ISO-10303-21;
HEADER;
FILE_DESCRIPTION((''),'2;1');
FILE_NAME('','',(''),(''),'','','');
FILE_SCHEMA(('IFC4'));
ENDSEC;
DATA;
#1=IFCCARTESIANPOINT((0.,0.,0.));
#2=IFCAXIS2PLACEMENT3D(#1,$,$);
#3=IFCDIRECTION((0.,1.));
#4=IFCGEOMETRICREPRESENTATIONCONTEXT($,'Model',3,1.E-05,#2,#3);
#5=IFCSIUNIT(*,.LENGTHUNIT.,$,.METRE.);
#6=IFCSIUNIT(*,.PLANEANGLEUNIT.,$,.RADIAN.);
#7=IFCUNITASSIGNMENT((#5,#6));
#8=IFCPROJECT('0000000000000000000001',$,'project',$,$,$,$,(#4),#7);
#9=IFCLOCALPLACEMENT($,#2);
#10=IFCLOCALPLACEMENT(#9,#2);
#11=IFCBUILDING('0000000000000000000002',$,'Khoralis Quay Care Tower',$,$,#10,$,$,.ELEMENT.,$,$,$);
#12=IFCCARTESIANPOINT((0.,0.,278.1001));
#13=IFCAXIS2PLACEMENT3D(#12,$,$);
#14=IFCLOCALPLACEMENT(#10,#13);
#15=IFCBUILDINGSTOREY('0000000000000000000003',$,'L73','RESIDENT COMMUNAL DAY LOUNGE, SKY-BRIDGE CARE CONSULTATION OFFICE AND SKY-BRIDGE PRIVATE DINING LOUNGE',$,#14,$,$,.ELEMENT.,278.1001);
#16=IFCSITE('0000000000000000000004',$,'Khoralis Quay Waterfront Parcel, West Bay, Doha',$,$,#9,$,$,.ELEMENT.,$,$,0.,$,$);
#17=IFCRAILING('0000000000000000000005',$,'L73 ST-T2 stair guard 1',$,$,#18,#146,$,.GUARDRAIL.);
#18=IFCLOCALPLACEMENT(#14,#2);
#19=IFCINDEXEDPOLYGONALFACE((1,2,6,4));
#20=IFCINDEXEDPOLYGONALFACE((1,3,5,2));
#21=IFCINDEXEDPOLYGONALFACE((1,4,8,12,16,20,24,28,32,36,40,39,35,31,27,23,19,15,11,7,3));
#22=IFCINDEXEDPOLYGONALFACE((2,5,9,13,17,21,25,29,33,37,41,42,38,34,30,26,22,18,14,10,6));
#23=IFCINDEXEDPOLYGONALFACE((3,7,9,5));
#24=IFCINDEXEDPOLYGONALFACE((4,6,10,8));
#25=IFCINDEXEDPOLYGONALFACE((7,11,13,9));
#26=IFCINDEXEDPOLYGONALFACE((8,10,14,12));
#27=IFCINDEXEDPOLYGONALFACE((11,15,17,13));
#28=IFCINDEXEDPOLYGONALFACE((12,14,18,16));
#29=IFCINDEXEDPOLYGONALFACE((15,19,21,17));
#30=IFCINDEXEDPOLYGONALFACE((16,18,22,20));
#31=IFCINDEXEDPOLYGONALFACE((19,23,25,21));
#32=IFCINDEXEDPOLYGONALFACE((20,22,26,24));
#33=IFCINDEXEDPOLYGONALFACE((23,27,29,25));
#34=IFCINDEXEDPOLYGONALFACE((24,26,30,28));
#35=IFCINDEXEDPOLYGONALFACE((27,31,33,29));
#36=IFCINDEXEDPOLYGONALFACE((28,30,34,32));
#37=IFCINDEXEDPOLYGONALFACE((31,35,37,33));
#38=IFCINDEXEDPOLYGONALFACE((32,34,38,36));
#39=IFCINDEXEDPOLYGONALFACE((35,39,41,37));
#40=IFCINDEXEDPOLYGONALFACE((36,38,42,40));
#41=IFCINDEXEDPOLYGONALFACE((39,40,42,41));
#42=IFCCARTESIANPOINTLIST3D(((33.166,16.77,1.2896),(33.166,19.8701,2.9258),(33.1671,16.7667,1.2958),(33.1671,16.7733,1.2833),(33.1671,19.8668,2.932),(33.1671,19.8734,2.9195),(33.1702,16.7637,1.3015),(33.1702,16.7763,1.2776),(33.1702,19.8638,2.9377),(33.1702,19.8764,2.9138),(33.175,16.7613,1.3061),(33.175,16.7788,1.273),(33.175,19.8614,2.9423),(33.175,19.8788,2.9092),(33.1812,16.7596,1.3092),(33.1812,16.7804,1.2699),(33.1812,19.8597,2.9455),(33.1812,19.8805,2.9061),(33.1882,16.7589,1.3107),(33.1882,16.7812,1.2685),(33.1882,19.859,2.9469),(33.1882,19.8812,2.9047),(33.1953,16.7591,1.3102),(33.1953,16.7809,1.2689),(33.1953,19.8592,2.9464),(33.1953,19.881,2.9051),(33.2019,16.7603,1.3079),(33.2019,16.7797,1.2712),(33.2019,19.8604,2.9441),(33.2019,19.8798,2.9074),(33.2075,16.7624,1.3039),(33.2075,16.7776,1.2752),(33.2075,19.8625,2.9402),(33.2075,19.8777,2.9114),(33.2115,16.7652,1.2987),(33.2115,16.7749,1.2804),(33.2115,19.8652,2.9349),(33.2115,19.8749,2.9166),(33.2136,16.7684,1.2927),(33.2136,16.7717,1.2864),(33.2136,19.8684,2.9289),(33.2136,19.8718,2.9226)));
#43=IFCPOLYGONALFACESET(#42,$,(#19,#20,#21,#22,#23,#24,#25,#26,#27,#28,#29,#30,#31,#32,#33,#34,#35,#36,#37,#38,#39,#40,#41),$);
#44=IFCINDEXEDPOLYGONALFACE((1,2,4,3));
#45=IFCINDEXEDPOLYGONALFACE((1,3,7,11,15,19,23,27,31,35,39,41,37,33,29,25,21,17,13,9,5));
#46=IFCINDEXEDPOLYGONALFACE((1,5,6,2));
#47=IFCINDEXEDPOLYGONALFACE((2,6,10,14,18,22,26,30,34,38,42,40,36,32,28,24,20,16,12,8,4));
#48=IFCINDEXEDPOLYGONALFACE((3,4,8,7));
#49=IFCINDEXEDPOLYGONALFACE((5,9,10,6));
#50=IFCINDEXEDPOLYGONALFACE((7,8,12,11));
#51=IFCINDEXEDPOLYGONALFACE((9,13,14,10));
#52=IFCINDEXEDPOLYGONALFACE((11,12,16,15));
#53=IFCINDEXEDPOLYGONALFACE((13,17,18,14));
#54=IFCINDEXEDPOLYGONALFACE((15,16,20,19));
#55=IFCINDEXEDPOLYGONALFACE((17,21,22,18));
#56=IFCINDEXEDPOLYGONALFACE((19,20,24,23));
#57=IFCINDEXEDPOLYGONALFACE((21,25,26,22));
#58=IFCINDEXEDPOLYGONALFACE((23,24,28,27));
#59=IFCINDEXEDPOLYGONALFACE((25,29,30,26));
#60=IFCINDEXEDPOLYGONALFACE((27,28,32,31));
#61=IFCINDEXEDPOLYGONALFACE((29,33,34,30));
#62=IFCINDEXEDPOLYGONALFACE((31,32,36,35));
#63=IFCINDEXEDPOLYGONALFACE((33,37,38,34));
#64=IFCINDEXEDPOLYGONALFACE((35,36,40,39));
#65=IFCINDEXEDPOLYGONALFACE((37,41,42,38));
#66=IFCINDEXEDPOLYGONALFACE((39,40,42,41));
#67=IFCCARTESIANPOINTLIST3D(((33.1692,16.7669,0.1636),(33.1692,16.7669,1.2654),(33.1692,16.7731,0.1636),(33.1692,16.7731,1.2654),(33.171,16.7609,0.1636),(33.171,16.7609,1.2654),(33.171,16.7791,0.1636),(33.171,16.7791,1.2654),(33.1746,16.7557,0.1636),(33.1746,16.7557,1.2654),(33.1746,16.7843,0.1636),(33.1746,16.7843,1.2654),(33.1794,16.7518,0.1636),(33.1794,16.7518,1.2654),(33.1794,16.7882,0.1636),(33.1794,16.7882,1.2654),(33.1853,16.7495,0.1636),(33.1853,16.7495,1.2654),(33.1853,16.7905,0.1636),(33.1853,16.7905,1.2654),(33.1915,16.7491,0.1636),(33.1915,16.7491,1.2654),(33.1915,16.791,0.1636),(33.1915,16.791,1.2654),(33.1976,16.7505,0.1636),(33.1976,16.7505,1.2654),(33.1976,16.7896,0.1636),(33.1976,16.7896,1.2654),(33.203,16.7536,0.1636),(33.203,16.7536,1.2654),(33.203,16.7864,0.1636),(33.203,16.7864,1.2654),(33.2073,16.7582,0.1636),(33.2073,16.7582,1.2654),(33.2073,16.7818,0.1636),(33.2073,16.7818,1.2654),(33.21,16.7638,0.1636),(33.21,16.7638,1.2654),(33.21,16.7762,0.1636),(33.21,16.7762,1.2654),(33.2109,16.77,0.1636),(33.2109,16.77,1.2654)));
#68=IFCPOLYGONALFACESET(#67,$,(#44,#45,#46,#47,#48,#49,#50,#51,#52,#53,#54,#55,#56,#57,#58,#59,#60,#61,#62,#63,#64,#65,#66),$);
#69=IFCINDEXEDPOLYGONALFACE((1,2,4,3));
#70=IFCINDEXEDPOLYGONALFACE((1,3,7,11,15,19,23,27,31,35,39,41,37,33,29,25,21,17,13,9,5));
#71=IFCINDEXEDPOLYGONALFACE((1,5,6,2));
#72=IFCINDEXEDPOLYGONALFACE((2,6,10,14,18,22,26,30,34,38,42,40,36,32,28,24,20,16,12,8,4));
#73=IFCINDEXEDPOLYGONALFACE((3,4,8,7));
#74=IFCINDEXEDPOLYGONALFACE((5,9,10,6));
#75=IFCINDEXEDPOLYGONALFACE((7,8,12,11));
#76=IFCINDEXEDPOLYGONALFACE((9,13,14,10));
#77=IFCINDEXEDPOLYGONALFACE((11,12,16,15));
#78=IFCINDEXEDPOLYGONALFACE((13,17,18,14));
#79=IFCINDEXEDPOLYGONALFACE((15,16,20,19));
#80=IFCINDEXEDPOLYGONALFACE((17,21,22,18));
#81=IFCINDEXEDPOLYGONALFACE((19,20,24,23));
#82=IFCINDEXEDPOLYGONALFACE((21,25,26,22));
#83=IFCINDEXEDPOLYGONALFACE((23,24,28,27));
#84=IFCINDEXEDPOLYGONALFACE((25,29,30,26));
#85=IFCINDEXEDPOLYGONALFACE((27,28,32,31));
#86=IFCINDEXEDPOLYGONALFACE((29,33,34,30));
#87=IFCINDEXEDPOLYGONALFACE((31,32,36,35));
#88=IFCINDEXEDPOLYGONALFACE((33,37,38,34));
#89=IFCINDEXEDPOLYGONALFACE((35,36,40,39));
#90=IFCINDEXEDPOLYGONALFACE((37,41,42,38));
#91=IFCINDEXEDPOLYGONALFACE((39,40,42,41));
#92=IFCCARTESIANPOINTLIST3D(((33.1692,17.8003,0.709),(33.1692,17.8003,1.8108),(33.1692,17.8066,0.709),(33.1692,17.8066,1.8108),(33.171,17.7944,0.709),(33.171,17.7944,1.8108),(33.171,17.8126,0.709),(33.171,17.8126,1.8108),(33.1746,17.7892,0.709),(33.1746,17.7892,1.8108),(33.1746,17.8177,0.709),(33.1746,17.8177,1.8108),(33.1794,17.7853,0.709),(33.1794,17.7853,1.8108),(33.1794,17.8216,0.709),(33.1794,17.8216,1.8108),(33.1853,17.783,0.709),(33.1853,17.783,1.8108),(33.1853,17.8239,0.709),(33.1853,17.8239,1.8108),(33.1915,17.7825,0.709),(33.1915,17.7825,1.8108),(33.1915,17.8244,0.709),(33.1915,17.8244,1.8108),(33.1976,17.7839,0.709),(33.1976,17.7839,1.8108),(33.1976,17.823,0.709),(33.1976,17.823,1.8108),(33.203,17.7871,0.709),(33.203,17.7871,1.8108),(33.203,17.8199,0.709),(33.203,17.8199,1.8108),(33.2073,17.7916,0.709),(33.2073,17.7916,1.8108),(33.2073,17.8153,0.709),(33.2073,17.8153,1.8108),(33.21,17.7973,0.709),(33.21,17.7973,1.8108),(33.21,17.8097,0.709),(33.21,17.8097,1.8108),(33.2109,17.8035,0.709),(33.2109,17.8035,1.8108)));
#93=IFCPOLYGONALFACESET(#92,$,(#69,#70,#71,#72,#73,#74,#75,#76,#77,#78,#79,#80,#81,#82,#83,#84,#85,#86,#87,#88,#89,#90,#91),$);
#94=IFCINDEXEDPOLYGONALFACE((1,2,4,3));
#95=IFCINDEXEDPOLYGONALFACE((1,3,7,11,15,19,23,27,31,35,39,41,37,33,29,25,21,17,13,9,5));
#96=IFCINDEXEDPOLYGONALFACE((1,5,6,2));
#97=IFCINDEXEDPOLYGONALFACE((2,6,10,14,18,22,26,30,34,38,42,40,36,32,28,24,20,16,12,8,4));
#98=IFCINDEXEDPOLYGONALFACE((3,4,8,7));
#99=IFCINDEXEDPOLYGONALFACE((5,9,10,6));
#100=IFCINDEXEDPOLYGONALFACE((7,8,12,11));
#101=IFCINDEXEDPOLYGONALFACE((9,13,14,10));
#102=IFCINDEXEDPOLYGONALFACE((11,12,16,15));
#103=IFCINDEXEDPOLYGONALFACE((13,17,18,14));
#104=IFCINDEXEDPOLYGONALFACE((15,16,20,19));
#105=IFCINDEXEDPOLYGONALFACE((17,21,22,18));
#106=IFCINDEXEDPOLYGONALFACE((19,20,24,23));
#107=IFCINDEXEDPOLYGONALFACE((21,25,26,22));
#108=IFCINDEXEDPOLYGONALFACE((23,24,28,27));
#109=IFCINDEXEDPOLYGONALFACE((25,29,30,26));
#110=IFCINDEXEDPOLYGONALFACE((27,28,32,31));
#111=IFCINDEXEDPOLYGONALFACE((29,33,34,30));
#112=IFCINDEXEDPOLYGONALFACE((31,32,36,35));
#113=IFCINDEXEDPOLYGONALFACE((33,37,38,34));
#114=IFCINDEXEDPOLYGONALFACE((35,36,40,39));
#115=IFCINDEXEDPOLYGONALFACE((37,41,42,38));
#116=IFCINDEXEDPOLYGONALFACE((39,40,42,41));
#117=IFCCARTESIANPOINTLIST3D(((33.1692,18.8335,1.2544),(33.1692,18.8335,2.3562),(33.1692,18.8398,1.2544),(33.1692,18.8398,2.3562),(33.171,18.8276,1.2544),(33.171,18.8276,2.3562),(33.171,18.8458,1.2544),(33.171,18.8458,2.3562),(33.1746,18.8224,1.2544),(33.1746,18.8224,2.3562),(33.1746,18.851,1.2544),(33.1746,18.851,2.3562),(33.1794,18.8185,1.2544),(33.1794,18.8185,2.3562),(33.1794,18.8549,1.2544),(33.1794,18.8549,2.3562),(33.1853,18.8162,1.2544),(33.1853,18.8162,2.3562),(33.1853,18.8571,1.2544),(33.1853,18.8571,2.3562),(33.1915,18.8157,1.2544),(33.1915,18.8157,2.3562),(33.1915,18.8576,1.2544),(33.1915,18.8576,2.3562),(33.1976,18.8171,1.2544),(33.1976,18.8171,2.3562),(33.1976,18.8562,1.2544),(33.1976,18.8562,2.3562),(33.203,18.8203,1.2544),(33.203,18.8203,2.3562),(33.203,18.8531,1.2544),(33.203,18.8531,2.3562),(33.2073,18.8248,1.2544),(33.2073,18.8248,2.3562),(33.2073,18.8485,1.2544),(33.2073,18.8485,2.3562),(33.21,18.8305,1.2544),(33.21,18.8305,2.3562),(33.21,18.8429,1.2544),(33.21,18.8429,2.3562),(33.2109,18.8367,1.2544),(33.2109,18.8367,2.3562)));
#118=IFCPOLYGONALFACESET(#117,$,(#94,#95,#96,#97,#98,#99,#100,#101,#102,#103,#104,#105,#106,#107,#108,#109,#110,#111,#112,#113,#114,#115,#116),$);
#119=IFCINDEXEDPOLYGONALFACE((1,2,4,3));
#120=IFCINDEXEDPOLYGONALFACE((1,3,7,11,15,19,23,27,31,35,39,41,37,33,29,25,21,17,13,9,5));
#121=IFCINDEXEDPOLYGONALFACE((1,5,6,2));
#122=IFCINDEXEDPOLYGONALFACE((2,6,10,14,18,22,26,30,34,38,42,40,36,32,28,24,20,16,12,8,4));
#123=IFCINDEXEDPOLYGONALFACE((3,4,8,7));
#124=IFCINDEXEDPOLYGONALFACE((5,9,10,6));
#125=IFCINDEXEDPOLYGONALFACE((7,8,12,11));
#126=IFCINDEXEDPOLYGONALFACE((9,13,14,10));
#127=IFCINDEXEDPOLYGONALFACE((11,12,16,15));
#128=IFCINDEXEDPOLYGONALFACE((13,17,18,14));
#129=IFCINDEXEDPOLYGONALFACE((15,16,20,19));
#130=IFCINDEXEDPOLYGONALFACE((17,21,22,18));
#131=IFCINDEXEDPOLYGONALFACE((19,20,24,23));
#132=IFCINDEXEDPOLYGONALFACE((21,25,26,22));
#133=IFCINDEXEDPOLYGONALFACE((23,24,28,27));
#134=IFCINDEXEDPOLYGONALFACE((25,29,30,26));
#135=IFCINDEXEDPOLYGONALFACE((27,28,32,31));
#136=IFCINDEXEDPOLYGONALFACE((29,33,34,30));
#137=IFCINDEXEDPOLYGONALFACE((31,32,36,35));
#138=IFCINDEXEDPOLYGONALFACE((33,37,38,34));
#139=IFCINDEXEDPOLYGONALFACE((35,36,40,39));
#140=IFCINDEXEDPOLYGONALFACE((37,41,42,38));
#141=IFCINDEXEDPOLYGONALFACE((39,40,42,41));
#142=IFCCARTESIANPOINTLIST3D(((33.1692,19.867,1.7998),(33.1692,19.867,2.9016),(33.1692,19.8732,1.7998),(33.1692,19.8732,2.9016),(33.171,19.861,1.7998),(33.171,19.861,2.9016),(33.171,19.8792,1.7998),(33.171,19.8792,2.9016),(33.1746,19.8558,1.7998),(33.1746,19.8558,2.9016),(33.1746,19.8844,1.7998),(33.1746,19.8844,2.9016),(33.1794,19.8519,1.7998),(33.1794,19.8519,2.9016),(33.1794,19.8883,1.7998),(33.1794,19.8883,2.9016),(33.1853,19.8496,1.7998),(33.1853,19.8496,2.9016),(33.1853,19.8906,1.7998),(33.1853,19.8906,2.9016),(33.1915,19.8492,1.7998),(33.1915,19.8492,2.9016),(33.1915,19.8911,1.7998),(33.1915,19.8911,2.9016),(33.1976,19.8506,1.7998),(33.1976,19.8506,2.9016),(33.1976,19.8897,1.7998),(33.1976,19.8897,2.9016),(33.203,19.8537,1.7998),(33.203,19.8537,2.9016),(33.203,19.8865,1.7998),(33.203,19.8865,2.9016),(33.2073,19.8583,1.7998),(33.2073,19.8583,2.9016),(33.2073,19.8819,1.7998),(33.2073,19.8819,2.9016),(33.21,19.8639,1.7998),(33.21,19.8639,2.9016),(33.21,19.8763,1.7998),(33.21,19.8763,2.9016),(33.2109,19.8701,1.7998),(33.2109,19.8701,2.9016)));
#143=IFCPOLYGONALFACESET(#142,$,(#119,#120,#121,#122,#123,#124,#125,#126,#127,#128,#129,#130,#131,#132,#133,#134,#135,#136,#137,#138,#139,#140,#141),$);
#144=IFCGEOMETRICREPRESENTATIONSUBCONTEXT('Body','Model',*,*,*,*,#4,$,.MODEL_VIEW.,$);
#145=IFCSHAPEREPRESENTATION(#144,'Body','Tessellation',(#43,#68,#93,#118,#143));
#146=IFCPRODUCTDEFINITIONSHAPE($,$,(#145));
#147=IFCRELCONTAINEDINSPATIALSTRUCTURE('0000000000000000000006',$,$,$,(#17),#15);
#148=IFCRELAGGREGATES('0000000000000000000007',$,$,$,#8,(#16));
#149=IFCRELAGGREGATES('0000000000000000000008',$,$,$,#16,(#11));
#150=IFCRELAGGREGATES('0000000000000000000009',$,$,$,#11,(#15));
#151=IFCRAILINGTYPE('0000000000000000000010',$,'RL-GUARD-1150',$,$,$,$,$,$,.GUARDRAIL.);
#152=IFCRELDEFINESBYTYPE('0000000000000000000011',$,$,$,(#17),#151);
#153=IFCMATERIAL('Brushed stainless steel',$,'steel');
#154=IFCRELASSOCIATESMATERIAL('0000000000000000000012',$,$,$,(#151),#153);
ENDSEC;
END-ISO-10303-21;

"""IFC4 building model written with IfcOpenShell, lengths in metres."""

from ifc_helpers import new_model, si_unit, direction, frame, origin, origin_2d, place, context, subcontext, project, spatial, circle, extrude, material, type_object, element, save


model = new_model("IFC4")

# Units and contexts
model_context = context("Model", 3, precision=1e-05, world=origin(), true_north=direction((0.0, 1.0)))
body_context = subcontext(model_context, "Body", "Model", "MODEL_VIEW")
ifc_project = project(units=[si_unit("LENGTHUNIT", "METRE"), si_unit("PLANEANGLEUNIT", "RADIAN")], contexts=[model_context])

# Site, building, storey
site_placement = place(None, origin())
site = spatial("IfcSite", under=ifc_project, at=site_placement, Name="Khoralis Quay Waterfront Parcel, West Bay, Doha", CompositionType="ELEMENT", RefElevation=0.0)
building_placement = place(site_placement, origin())
building = spatial("IfcBuilding", under=site, at=building_placement, Name="Khoralis Quay Care Tower", CompositionType="ELEMENT")
storey_placement = place(building_placement, frame((0.0, 0.0, 278.1001)))
storey = spatial("IfcBuildingStorey", under=building, at=storey_placement, Name="L73", Description="RESIDENT COMMUNAL DAY LOUNGE, SKY-BRIDGE CARE CONSULTATION OFFICE AND SKY-BRIDGE PRIVATE DINING LOUNGE", CompositionType="ELEMENT", Elevation=278.1001)

# Railing
ifc_material_1 = material(Name="Brushed stainless steel", Category="steel")
railing_type_1 = type_object("IfcRailingType", Name="RL-GUARD-1150", PredefinedType="GUARDRAIL", material=ifc_material_1)
railing_1_placement = place(storey_placement, frame((33.1899, 16.77, 0.1636)))
element("IfcRailing", 1, at=railing_1_placement, inside=storey, type_object=railing_type_1, Name="L73 ST-T2 stair guard 1", PredefinedType="GUARDRAIL", context=body_context, shape_type="SweptSolid", body=[
    extrude(circle(Radius=0.0239, at=origin_2d()), frame((0.0, 0.0, 1.126), z_axis=(0.0, 0.884377, 0.466774), x_axis=(-1.0, 0.0, 0.0)), (0.0, 0.0, 1.0), 3.5054),
    extrude(circle(Radius=0.021, at=origin_2d()), origin(), (0.0, 0.0, 1.0), 1.1018),
    extrude(circle(Radius=0.021, at=origin_2d()), frame((0.0, 1.0334, 0.5454)), (0.0, 0.0, 1.0), 1.1018),
    extrude(circle(Radius=0.021, at=origin_2d()), frame((0.0, 2.0667, 1.0908)), (0.0, 0.0, 1.0), 1.1018),
    extrude(circle(Radius=0.021, at=origin_2d()), frame((0.0, 3.1001, 1.6362)), (0.0, 0.0, 1.0), 1.1018),
])

save(model, "model.ifc")
